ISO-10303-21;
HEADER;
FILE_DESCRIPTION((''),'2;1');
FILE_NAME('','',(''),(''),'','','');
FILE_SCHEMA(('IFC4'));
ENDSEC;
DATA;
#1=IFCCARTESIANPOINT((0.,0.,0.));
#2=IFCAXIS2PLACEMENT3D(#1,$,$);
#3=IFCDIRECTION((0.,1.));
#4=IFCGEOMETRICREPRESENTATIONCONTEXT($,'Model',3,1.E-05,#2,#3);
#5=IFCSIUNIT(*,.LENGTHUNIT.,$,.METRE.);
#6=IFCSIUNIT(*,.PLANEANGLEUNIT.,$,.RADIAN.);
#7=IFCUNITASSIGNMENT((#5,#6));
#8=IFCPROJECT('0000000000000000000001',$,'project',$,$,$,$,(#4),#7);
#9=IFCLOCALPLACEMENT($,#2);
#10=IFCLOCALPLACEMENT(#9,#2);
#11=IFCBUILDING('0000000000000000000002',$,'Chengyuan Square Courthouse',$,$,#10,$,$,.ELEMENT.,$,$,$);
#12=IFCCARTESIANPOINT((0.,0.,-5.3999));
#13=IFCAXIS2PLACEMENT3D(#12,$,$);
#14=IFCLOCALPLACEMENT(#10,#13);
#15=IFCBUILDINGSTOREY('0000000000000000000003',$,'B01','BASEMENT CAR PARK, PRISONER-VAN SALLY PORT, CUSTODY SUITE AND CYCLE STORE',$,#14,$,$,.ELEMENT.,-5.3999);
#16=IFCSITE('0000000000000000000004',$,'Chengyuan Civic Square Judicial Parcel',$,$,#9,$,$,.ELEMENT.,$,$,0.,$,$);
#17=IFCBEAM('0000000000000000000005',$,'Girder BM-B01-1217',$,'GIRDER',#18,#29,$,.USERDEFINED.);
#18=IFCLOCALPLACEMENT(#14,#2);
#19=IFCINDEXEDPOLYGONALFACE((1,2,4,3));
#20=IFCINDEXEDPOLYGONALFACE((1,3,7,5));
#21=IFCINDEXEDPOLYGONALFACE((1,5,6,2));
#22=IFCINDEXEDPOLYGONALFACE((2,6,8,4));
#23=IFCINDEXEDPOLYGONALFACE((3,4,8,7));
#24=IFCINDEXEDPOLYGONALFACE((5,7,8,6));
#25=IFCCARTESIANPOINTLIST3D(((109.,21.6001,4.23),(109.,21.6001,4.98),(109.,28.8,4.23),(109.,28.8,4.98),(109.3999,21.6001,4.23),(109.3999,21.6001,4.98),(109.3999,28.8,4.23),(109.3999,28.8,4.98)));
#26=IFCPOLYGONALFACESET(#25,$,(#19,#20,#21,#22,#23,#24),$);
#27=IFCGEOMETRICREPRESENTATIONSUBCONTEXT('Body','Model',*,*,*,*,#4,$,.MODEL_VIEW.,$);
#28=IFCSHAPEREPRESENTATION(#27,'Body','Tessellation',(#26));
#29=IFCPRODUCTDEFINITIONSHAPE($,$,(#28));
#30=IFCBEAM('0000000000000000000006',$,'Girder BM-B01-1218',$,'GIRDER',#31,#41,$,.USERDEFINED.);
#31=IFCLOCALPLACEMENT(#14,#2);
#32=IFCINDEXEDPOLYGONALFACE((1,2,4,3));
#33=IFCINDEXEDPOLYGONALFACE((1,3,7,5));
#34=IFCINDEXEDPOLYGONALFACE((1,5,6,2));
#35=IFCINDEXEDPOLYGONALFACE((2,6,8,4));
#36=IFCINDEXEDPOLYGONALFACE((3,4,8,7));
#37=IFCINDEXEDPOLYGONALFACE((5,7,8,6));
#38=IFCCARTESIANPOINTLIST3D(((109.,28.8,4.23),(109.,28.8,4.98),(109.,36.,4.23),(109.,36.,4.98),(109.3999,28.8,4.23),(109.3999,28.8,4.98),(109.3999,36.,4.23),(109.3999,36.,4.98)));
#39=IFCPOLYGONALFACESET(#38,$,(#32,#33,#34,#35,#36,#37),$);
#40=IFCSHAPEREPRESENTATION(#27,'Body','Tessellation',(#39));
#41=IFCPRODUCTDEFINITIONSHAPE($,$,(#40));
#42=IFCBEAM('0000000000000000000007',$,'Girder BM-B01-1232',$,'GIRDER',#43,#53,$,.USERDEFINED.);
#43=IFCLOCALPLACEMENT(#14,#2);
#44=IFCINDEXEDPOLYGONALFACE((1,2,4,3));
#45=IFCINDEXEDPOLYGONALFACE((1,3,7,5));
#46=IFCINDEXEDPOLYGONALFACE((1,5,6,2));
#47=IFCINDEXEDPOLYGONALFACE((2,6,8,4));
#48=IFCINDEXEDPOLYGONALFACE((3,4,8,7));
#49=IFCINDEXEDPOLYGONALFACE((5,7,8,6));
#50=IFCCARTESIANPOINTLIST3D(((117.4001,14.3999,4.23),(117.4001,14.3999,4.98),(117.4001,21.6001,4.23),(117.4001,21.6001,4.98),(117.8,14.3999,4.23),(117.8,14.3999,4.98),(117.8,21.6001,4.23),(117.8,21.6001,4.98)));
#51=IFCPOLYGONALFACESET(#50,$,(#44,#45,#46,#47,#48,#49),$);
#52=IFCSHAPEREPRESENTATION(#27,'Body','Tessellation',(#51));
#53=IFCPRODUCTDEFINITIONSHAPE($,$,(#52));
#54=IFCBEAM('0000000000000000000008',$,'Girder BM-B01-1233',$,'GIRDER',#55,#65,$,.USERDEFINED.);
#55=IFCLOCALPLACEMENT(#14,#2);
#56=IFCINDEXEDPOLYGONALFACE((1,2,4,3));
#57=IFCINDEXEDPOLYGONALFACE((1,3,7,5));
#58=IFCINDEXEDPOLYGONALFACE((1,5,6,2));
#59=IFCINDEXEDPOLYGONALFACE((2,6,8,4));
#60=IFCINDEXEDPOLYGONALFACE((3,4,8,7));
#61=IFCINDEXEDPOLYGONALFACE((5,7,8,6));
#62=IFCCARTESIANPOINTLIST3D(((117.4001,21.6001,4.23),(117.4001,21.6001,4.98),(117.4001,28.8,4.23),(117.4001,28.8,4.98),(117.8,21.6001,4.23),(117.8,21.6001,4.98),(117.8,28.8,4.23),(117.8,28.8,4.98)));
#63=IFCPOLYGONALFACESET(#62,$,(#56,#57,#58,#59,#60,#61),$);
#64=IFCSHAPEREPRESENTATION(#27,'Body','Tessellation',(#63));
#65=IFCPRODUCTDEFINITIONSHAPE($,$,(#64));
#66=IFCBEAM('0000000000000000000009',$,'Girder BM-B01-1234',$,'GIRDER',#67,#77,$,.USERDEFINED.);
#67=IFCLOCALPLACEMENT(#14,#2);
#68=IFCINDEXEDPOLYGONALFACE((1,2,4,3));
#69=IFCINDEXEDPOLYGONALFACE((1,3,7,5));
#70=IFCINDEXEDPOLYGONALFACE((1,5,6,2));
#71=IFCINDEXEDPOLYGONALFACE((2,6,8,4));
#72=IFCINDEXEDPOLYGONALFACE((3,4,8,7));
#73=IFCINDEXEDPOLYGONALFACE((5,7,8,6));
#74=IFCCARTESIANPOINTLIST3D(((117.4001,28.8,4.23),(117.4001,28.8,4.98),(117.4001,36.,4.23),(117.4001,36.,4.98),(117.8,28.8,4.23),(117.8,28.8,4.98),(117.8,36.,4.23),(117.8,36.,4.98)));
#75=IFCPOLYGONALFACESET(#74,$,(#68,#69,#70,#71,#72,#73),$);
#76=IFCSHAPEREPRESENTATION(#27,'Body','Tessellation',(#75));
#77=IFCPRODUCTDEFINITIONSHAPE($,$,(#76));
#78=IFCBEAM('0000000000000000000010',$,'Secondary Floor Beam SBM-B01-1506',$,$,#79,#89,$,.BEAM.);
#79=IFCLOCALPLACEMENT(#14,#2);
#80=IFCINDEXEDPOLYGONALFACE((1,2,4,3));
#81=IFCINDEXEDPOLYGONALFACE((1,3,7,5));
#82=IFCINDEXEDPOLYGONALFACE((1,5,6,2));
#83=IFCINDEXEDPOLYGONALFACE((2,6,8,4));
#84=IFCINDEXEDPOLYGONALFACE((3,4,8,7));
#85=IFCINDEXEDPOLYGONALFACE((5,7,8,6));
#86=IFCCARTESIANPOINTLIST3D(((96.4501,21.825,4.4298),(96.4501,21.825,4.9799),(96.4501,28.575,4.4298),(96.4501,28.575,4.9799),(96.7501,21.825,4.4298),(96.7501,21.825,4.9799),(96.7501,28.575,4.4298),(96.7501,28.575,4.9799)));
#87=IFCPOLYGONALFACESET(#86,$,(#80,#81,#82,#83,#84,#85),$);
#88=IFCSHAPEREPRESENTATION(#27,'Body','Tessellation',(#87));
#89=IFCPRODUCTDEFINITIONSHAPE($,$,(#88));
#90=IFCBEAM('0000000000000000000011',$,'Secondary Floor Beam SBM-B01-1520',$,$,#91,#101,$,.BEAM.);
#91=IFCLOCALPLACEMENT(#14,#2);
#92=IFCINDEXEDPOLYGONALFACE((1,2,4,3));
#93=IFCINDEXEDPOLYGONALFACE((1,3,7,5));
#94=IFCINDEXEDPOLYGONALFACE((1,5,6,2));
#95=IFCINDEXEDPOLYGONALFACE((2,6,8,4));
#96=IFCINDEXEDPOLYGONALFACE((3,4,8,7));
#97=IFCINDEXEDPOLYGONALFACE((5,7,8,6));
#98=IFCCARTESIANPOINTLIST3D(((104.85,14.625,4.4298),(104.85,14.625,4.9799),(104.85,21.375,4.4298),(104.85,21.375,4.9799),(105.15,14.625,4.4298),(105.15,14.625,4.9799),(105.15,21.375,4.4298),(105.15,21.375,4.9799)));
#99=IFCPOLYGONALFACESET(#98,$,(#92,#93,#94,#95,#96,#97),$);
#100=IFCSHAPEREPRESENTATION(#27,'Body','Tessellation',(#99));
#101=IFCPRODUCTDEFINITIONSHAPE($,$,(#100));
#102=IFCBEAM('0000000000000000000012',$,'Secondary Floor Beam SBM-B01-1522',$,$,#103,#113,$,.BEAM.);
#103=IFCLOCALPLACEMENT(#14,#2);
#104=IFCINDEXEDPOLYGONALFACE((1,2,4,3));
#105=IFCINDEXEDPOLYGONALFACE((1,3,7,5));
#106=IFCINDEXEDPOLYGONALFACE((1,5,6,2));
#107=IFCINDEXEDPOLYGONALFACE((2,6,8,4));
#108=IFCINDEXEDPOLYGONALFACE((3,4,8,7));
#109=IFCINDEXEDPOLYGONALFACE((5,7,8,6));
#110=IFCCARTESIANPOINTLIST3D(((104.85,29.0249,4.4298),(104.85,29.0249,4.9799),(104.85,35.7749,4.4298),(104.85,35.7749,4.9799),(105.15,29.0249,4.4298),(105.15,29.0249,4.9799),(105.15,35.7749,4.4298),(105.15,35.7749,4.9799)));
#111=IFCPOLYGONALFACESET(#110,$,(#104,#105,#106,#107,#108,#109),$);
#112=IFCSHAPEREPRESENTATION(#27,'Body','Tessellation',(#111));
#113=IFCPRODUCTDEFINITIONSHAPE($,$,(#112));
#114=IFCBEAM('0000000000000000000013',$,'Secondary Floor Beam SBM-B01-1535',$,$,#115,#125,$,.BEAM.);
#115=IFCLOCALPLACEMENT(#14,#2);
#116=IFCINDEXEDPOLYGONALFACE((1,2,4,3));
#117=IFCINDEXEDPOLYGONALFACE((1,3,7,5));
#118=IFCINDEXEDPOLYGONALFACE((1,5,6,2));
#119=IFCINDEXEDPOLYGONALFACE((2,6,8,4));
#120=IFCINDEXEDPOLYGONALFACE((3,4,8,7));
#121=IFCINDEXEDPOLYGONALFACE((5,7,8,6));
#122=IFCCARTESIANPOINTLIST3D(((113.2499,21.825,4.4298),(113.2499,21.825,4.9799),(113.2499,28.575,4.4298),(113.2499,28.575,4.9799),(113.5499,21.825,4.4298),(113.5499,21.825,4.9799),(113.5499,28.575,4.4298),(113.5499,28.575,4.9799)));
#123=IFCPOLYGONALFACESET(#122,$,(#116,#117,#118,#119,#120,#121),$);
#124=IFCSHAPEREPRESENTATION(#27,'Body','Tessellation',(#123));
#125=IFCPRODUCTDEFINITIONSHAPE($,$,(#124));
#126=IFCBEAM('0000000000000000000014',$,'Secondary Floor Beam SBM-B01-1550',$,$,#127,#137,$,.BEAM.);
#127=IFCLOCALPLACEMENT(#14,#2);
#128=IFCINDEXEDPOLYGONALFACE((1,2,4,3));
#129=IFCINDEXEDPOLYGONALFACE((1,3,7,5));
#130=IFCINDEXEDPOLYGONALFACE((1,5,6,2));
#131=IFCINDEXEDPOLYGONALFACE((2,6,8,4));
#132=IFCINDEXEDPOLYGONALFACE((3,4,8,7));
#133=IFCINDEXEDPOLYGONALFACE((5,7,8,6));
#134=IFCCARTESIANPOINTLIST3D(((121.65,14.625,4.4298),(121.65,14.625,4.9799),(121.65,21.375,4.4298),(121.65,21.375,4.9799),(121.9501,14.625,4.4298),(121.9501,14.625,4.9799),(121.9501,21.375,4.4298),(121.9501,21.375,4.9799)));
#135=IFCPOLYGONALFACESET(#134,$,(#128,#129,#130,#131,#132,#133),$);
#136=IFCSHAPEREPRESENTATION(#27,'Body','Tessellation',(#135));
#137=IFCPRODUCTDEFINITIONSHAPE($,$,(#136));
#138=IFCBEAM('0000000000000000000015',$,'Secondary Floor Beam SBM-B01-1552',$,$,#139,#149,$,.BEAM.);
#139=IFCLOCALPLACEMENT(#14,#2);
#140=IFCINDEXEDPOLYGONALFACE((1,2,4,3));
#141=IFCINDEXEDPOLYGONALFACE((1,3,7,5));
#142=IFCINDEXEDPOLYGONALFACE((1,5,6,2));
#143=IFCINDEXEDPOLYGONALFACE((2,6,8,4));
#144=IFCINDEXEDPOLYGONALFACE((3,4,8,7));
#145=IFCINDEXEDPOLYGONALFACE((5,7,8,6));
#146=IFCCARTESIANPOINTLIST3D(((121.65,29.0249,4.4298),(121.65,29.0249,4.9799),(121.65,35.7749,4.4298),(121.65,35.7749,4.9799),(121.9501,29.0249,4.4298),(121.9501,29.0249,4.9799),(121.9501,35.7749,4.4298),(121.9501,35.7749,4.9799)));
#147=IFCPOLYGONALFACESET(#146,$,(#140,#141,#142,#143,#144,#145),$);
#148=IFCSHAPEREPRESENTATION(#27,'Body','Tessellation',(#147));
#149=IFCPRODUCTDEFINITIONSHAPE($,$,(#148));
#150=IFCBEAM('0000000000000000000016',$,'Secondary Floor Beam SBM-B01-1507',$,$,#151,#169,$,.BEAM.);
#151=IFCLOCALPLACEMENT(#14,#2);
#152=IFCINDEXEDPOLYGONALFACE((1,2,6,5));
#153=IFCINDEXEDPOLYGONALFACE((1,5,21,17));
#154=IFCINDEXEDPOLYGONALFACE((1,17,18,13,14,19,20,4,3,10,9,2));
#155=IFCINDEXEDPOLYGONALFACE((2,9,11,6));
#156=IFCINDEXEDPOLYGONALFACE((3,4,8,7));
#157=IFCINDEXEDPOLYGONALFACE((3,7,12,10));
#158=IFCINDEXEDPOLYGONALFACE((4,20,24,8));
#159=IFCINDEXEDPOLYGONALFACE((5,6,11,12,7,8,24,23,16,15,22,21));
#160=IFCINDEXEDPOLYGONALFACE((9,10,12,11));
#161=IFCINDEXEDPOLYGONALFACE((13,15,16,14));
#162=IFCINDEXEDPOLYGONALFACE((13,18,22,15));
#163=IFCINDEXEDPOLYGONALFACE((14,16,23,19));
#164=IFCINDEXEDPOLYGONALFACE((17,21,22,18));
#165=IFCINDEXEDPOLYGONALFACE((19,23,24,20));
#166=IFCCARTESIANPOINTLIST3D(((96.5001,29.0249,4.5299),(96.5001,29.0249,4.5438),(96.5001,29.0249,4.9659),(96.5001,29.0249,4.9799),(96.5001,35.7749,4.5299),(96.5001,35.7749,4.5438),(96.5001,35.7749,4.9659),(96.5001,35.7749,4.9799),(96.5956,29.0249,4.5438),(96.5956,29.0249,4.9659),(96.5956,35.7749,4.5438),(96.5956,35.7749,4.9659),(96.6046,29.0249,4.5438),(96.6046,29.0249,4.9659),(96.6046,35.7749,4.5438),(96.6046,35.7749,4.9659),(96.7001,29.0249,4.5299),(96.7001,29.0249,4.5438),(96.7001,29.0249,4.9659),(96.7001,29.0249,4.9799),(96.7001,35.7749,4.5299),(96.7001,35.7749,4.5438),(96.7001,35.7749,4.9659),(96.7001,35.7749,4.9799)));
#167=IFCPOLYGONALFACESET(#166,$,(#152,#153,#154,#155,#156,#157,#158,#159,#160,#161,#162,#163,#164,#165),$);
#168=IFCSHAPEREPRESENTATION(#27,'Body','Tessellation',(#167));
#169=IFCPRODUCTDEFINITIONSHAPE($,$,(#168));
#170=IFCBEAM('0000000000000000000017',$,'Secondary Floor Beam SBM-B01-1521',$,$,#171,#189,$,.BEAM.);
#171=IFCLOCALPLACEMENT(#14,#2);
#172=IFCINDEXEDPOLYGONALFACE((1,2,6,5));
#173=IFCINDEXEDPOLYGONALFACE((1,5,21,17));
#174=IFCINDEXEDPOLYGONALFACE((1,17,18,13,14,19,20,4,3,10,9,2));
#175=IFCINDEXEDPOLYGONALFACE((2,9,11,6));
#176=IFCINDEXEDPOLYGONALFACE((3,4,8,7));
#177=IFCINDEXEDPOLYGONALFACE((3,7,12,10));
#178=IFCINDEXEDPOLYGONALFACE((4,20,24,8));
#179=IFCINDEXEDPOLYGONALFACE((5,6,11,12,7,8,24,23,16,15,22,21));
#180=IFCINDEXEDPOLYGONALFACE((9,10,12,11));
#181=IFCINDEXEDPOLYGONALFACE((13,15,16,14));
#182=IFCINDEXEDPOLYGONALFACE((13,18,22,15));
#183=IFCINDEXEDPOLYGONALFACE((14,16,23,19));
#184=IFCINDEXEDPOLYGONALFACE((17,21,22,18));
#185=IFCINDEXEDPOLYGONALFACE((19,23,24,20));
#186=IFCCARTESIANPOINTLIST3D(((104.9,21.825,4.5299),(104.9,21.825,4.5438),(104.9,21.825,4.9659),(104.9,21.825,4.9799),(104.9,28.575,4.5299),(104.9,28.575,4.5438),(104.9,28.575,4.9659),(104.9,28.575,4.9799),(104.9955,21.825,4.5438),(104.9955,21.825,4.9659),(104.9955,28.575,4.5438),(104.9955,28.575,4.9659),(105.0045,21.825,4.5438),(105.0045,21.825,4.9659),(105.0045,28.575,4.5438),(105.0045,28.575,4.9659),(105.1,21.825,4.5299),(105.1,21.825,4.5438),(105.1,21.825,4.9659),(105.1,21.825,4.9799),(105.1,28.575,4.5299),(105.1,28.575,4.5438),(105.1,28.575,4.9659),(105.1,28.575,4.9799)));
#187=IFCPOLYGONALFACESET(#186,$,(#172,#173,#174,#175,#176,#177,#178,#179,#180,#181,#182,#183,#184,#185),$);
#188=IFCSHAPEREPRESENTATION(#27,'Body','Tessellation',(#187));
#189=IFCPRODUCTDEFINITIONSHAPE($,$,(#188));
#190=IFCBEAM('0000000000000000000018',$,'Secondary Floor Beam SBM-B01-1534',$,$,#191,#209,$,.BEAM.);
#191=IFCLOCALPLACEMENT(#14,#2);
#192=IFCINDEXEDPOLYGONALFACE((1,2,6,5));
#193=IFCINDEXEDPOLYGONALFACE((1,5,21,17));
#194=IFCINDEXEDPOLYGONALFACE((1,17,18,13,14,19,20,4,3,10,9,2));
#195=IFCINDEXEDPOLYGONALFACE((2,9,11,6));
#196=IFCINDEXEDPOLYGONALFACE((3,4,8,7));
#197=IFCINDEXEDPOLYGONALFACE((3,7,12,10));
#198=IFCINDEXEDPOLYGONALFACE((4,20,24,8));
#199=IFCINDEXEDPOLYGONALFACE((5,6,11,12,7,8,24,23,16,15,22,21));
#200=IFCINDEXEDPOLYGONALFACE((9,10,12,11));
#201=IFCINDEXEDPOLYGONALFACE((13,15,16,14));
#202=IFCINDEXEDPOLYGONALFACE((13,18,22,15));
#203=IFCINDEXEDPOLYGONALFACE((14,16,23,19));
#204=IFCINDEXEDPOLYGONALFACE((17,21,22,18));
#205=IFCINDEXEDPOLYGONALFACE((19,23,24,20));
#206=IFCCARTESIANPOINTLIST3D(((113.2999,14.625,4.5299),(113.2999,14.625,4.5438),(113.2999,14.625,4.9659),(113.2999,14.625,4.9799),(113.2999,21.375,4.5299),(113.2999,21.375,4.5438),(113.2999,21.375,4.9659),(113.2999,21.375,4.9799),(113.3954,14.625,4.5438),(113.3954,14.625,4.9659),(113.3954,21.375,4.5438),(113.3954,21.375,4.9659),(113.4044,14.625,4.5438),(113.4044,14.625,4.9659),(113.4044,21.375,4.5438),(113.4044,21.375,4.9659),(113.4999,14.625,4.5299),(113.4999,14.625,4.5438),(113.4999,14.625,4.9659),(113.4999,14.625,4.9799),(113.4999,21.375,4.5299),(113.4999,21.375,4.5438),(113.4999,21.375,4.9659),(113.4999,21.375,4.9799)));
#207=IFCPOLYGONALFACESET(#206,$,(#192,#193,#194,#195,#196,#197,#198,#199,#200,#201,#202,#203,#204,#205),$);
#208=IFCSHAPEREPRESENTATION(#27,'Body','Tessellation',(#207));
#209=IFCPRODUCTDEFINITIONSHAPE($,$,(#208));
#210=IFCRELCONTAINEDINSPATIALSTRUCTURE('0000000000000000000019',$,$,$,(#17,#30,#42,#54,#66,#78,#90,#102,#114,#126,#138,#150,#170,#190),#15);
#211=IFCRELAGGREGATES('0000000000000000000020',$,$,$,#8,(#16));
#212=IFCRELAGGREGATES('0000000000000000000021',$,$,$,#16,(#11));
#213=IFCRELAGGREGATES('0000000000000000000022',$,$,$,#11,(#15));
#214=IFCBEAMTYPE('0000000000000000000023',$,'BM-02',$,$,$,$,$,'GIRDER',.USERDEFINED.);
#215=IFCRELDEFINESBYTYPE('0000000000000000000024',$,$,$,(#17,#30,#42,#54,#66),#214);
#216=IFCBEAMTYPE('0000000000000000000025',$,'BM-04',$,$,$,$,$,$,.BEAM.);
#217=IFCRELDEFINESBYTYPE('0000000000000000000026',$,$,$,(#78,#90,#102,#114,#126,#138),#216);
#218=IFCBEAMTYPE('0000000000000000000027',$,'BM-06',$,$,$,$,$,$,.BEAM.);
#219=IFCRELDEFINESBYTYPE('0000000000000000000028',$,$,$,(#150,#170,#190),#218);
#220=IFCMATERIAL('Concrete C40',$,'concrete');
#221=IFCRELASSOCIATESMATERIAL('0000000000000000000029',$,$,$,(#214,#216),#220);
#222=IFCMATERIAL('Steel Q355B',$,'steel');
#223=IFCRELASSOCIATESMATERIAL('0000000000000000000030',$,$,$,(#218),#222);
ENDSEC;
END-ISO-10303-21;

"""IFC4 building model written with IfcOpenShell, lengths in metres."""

from ifc_helpers import new_model, si_unit, direction, frame, origin, origin_2d, place, context, subcontext, project, spatial, rectangle, i_section, extrude, material, material_profile, profile_set, type_object, element, save


model = new_model("IFC4")

# Units and contexts
model_context = context("Model", 3, precision=1e-05, world=origin(), true_north=direction((0.0, 1.0)))
body_context = subcontext(model_context, "Body", "Model", "MODEL_VIEW")
ifc_project = project(units=[si_unit("LENGTHUNIT", "METRE"), si_unit("PLANEANGLEUNIT", "RADIAN")], contexts=[model_context])

# Site, building, storey
site_placement = place(None, origin())
site = spatial("IfcSite", under=ifc_project, at=site_placement, Name="Chengyuan Civic Square Judicial Parcel", CompositionType="ELEMENT", RefElevation=0.0)
building_placement = place(site_placement, origin())
building = spatial("IfcBuilding", under=site, at=building_placement, Name="Chengyuan Square Courthouse", CompositionType="ELEMENT")
storey_placement = place(building_placement, frame((0.0, 0.0, -5.3999)))
storey = spatial("IfcBuildingStorey", under=building, at=storey_placement, Name="B01", Description="BASEMENT CAR PARK, PRISONER-VAN SALLY PORT, CUSTODY SUITE AND CYCLE STORE", CompositionType="ELEMENT", Elevation=-5.3999)

# Beams
ifc_material_1 = material(Name="Concrete C40", Category="concrete")
ifc_material_profile_1 = material_profile(ifc_material_1, rectangle(XDim=0.3999, YDim=0.75, at=origin_2d()), Name="RC-BM-400x750")
ifc_profile_set_1 = profile_set([ifc_material_profile_1], Name="Concrete C40")
beam_type_1 = type_object("IfcBeamType", Name="BM-02", ElementType="GIRDER", PredefinedType="USERDEFINED", material=ifc_profile_set_1)
for number, where, z_axis, x_axis, name in (
    (1, (109.2, 21.6001, 4.605), (0.0, 1.0, 0.0), (-1.0, 0.0, 0.0), "Girder BM-B01-1217"),
    (2, (109.2, 28.8, 4.605), (0.0, 1.0, 0.0), (-1.0, 0.0, 0.0), "Girder BM-B01-1218"),
):
    element("IfcBeam", number, at=place(storey_placement, frame(where, z_axis=z_axis, x_axis=x_axis)), inside=storey, type_object=beam_type_1, Name=name, ObjectType="GIRDER", PredefinedType="USERDEFINED", context=body_context, shape_type="SweptSolid", body=[
        extrude(rectangle(XDim=0.3999, YDim=0.75, at=origin_2d()), origin(), (0.0, 0.0, 1.0), 7.2),
    ])
beam_1_placement = place(storey_placement, frame((117.6001, 14.3999, 4.605), z_axis=(0.0, 1.0, 0.0), x_axis=(-1.0, 0.0, 0.0)))
element("IfcBeam", 3, at=beam_1_placement, inside=storey, type_object=beam_type_1, Name="Girder BM-B01-1232", ObjectType="GIRDER", PredefinedType="USERDEFINED", context=body_context, shape_type="SweptSolid", body=[
    extrude(rectangle(XDim=0.3999, YDim=0.75, at=origin_2d()), origin(), (0.0, 0.0, 1.0), 7.2002),
])
for number, where, z_axis, x_axis, name in (
    (4, (117.6001, 21.6001, 4.605), (0.0, 1.0, 0.0), (-1.0, 0.0, 0.0), "Girder BM-B01-1233"),
    (5, (117.6001, 28.8, 4.605), (0.0, 1.0, 0.0), (-1.0, 0.0, 0.0), "Girder BM-B01-1234"),
):
    element("IfcBeam", number, at=place(storey_placement, frame(where, z_axis=z_axis, x_axis=x_axis)), inside=storey, type_object=beam_type_1, Name=name, ObjectType="GIRDER", PredefinedType="USERDEFINED", context=body_context, shape_type="SweptSolid", body=[
        extrude(rectangle(XDim=0.3999, YDim=0.75, at=origin_2d()), origin(), (0.0, 0.0, 1.0), 7.2),
    ])
ifc_material_profile_2 = material_profile(ifc_material_1, rectangle(XDim=0.3, YDim=0.55, at=origin_2d()), Name="RC-BM-300x550")
ifc_profile_set_2 = profile_set([ifc_material_profile_2], Name="Concrete C40")
beam_type_2 = type_object("IfcBeamType", Name="BM-04", PredefinedType="BEAM", material=ifc_profile_set_2)
for number, where, z_axis, x_axis, name in (
    (6, (96.6001, 21.825, 4.7048), (0.0, 1.0, 0.0), (-1.0, 0.0, 0.0), "Secondary Floor Beam SBM-B01-1506"),
    (7, (105.0, 14.625, 4.7048), (0.0, 1.0, 0.0), (-1.0, 0.0, 0.0), "Secondary Floor Beam SBM-B01-1520"),
    (8, (105.0, 29.0249, 4.7048), (0.0, 1.0, 0.0), (-1.0, 0.0, 0.0), "Secondary Floor Beam SBM-B01-1522"),
    (9, (113.3999, 21.825, 4.7048), (0.0, 1.0, 0.0), (-1.0, 0.0, 0.0), "Secondary Floor Beam SBM-B01-1535"),
    (10, (121.8, 14.625, 4.7048), (0.0, 1.0, 0.0), (-1.0, 0.0, 0.0), "Secondary Floor Beam SBM-B01-1550"),
    (11, (121.8, 29.0249, 4.7048), (0.0, 1.0, 0.0), (-1.0, 0.0, 0.0), "Secondary Floor Beam SBM-B01-1552"),
):
    element("IfcBeam", number, at=place(storey_placement, frame(where, z_axis=z_axis, x_axis=x_axis)), inside=storey, type_object=beam_type_2, Name=name, PredefinedType="BEAM", context=body_context, shape_type="SweptSolid", body=[
        extrude(rectangle(XDim=0.3, YDim=0.55, at=origin_2d()), origin(), (0.0, 0.0, 1.0), 6.75),
    ])
ifc_material_2 = material(Name="Steel Q355B", Category="steel")
ifc_material_profile_3 = material_profile(ifc_material_2, i_section(OverallWidth=0.2, OverallDepth=0.45, WebThickness=0.009, FlangeThickness=0.0139, at=origin_2d()), Name="HN 450x200x9x14")
ifc_profile_set_3 = profile_set([ifc_material_profile_3], Name="Steel Q355B")
beam_type_3 = type_object("IfcBeamType", Name="BM-06", PredefinedType="BEAM", material=ifc_profile_set_3)
for number, where, z_axis, x_axis, name in (
    (12, (96.6001, 29.0249, 4.7549), (0.0, 1.0, 0.0), (-1.0, 0.0, 0.0), "Secondary Floor Beam SBM-B01-1507"),
    (13, (105.0, 21.825, 4.7549), (0.0, 1.0, 0.0), (-1.0, 0.0, 0.0), "Secondary Floor Beam SBM-B01-1521"),
    (14, (113.3999, 14.625, 4.7549), (0.0, 1.0, 0.0), (-1.0, 0.0, 0.0), "Secondary Floor Beam SBM-B01-1534"),
):
    element("IfcBeam", number, at=place(storey_placement, frame(where, z_axis=z_axis, x_axis=x_axis)), inside=storey, type_object=beam_type_3, Name=name, PredefinedType="BEAM", context=body_context, shape_type="SweptSolid", body=[
        extrude(i_section(OverallWidth=0.2, OverallDepth=0.45, WebThickness=0.009, FlangeThickness=0.0139, at=origin_2d()), origin(), (0.0, 0.0, 1.0), 6.75),
    ])

save(model, "model.ifc")
